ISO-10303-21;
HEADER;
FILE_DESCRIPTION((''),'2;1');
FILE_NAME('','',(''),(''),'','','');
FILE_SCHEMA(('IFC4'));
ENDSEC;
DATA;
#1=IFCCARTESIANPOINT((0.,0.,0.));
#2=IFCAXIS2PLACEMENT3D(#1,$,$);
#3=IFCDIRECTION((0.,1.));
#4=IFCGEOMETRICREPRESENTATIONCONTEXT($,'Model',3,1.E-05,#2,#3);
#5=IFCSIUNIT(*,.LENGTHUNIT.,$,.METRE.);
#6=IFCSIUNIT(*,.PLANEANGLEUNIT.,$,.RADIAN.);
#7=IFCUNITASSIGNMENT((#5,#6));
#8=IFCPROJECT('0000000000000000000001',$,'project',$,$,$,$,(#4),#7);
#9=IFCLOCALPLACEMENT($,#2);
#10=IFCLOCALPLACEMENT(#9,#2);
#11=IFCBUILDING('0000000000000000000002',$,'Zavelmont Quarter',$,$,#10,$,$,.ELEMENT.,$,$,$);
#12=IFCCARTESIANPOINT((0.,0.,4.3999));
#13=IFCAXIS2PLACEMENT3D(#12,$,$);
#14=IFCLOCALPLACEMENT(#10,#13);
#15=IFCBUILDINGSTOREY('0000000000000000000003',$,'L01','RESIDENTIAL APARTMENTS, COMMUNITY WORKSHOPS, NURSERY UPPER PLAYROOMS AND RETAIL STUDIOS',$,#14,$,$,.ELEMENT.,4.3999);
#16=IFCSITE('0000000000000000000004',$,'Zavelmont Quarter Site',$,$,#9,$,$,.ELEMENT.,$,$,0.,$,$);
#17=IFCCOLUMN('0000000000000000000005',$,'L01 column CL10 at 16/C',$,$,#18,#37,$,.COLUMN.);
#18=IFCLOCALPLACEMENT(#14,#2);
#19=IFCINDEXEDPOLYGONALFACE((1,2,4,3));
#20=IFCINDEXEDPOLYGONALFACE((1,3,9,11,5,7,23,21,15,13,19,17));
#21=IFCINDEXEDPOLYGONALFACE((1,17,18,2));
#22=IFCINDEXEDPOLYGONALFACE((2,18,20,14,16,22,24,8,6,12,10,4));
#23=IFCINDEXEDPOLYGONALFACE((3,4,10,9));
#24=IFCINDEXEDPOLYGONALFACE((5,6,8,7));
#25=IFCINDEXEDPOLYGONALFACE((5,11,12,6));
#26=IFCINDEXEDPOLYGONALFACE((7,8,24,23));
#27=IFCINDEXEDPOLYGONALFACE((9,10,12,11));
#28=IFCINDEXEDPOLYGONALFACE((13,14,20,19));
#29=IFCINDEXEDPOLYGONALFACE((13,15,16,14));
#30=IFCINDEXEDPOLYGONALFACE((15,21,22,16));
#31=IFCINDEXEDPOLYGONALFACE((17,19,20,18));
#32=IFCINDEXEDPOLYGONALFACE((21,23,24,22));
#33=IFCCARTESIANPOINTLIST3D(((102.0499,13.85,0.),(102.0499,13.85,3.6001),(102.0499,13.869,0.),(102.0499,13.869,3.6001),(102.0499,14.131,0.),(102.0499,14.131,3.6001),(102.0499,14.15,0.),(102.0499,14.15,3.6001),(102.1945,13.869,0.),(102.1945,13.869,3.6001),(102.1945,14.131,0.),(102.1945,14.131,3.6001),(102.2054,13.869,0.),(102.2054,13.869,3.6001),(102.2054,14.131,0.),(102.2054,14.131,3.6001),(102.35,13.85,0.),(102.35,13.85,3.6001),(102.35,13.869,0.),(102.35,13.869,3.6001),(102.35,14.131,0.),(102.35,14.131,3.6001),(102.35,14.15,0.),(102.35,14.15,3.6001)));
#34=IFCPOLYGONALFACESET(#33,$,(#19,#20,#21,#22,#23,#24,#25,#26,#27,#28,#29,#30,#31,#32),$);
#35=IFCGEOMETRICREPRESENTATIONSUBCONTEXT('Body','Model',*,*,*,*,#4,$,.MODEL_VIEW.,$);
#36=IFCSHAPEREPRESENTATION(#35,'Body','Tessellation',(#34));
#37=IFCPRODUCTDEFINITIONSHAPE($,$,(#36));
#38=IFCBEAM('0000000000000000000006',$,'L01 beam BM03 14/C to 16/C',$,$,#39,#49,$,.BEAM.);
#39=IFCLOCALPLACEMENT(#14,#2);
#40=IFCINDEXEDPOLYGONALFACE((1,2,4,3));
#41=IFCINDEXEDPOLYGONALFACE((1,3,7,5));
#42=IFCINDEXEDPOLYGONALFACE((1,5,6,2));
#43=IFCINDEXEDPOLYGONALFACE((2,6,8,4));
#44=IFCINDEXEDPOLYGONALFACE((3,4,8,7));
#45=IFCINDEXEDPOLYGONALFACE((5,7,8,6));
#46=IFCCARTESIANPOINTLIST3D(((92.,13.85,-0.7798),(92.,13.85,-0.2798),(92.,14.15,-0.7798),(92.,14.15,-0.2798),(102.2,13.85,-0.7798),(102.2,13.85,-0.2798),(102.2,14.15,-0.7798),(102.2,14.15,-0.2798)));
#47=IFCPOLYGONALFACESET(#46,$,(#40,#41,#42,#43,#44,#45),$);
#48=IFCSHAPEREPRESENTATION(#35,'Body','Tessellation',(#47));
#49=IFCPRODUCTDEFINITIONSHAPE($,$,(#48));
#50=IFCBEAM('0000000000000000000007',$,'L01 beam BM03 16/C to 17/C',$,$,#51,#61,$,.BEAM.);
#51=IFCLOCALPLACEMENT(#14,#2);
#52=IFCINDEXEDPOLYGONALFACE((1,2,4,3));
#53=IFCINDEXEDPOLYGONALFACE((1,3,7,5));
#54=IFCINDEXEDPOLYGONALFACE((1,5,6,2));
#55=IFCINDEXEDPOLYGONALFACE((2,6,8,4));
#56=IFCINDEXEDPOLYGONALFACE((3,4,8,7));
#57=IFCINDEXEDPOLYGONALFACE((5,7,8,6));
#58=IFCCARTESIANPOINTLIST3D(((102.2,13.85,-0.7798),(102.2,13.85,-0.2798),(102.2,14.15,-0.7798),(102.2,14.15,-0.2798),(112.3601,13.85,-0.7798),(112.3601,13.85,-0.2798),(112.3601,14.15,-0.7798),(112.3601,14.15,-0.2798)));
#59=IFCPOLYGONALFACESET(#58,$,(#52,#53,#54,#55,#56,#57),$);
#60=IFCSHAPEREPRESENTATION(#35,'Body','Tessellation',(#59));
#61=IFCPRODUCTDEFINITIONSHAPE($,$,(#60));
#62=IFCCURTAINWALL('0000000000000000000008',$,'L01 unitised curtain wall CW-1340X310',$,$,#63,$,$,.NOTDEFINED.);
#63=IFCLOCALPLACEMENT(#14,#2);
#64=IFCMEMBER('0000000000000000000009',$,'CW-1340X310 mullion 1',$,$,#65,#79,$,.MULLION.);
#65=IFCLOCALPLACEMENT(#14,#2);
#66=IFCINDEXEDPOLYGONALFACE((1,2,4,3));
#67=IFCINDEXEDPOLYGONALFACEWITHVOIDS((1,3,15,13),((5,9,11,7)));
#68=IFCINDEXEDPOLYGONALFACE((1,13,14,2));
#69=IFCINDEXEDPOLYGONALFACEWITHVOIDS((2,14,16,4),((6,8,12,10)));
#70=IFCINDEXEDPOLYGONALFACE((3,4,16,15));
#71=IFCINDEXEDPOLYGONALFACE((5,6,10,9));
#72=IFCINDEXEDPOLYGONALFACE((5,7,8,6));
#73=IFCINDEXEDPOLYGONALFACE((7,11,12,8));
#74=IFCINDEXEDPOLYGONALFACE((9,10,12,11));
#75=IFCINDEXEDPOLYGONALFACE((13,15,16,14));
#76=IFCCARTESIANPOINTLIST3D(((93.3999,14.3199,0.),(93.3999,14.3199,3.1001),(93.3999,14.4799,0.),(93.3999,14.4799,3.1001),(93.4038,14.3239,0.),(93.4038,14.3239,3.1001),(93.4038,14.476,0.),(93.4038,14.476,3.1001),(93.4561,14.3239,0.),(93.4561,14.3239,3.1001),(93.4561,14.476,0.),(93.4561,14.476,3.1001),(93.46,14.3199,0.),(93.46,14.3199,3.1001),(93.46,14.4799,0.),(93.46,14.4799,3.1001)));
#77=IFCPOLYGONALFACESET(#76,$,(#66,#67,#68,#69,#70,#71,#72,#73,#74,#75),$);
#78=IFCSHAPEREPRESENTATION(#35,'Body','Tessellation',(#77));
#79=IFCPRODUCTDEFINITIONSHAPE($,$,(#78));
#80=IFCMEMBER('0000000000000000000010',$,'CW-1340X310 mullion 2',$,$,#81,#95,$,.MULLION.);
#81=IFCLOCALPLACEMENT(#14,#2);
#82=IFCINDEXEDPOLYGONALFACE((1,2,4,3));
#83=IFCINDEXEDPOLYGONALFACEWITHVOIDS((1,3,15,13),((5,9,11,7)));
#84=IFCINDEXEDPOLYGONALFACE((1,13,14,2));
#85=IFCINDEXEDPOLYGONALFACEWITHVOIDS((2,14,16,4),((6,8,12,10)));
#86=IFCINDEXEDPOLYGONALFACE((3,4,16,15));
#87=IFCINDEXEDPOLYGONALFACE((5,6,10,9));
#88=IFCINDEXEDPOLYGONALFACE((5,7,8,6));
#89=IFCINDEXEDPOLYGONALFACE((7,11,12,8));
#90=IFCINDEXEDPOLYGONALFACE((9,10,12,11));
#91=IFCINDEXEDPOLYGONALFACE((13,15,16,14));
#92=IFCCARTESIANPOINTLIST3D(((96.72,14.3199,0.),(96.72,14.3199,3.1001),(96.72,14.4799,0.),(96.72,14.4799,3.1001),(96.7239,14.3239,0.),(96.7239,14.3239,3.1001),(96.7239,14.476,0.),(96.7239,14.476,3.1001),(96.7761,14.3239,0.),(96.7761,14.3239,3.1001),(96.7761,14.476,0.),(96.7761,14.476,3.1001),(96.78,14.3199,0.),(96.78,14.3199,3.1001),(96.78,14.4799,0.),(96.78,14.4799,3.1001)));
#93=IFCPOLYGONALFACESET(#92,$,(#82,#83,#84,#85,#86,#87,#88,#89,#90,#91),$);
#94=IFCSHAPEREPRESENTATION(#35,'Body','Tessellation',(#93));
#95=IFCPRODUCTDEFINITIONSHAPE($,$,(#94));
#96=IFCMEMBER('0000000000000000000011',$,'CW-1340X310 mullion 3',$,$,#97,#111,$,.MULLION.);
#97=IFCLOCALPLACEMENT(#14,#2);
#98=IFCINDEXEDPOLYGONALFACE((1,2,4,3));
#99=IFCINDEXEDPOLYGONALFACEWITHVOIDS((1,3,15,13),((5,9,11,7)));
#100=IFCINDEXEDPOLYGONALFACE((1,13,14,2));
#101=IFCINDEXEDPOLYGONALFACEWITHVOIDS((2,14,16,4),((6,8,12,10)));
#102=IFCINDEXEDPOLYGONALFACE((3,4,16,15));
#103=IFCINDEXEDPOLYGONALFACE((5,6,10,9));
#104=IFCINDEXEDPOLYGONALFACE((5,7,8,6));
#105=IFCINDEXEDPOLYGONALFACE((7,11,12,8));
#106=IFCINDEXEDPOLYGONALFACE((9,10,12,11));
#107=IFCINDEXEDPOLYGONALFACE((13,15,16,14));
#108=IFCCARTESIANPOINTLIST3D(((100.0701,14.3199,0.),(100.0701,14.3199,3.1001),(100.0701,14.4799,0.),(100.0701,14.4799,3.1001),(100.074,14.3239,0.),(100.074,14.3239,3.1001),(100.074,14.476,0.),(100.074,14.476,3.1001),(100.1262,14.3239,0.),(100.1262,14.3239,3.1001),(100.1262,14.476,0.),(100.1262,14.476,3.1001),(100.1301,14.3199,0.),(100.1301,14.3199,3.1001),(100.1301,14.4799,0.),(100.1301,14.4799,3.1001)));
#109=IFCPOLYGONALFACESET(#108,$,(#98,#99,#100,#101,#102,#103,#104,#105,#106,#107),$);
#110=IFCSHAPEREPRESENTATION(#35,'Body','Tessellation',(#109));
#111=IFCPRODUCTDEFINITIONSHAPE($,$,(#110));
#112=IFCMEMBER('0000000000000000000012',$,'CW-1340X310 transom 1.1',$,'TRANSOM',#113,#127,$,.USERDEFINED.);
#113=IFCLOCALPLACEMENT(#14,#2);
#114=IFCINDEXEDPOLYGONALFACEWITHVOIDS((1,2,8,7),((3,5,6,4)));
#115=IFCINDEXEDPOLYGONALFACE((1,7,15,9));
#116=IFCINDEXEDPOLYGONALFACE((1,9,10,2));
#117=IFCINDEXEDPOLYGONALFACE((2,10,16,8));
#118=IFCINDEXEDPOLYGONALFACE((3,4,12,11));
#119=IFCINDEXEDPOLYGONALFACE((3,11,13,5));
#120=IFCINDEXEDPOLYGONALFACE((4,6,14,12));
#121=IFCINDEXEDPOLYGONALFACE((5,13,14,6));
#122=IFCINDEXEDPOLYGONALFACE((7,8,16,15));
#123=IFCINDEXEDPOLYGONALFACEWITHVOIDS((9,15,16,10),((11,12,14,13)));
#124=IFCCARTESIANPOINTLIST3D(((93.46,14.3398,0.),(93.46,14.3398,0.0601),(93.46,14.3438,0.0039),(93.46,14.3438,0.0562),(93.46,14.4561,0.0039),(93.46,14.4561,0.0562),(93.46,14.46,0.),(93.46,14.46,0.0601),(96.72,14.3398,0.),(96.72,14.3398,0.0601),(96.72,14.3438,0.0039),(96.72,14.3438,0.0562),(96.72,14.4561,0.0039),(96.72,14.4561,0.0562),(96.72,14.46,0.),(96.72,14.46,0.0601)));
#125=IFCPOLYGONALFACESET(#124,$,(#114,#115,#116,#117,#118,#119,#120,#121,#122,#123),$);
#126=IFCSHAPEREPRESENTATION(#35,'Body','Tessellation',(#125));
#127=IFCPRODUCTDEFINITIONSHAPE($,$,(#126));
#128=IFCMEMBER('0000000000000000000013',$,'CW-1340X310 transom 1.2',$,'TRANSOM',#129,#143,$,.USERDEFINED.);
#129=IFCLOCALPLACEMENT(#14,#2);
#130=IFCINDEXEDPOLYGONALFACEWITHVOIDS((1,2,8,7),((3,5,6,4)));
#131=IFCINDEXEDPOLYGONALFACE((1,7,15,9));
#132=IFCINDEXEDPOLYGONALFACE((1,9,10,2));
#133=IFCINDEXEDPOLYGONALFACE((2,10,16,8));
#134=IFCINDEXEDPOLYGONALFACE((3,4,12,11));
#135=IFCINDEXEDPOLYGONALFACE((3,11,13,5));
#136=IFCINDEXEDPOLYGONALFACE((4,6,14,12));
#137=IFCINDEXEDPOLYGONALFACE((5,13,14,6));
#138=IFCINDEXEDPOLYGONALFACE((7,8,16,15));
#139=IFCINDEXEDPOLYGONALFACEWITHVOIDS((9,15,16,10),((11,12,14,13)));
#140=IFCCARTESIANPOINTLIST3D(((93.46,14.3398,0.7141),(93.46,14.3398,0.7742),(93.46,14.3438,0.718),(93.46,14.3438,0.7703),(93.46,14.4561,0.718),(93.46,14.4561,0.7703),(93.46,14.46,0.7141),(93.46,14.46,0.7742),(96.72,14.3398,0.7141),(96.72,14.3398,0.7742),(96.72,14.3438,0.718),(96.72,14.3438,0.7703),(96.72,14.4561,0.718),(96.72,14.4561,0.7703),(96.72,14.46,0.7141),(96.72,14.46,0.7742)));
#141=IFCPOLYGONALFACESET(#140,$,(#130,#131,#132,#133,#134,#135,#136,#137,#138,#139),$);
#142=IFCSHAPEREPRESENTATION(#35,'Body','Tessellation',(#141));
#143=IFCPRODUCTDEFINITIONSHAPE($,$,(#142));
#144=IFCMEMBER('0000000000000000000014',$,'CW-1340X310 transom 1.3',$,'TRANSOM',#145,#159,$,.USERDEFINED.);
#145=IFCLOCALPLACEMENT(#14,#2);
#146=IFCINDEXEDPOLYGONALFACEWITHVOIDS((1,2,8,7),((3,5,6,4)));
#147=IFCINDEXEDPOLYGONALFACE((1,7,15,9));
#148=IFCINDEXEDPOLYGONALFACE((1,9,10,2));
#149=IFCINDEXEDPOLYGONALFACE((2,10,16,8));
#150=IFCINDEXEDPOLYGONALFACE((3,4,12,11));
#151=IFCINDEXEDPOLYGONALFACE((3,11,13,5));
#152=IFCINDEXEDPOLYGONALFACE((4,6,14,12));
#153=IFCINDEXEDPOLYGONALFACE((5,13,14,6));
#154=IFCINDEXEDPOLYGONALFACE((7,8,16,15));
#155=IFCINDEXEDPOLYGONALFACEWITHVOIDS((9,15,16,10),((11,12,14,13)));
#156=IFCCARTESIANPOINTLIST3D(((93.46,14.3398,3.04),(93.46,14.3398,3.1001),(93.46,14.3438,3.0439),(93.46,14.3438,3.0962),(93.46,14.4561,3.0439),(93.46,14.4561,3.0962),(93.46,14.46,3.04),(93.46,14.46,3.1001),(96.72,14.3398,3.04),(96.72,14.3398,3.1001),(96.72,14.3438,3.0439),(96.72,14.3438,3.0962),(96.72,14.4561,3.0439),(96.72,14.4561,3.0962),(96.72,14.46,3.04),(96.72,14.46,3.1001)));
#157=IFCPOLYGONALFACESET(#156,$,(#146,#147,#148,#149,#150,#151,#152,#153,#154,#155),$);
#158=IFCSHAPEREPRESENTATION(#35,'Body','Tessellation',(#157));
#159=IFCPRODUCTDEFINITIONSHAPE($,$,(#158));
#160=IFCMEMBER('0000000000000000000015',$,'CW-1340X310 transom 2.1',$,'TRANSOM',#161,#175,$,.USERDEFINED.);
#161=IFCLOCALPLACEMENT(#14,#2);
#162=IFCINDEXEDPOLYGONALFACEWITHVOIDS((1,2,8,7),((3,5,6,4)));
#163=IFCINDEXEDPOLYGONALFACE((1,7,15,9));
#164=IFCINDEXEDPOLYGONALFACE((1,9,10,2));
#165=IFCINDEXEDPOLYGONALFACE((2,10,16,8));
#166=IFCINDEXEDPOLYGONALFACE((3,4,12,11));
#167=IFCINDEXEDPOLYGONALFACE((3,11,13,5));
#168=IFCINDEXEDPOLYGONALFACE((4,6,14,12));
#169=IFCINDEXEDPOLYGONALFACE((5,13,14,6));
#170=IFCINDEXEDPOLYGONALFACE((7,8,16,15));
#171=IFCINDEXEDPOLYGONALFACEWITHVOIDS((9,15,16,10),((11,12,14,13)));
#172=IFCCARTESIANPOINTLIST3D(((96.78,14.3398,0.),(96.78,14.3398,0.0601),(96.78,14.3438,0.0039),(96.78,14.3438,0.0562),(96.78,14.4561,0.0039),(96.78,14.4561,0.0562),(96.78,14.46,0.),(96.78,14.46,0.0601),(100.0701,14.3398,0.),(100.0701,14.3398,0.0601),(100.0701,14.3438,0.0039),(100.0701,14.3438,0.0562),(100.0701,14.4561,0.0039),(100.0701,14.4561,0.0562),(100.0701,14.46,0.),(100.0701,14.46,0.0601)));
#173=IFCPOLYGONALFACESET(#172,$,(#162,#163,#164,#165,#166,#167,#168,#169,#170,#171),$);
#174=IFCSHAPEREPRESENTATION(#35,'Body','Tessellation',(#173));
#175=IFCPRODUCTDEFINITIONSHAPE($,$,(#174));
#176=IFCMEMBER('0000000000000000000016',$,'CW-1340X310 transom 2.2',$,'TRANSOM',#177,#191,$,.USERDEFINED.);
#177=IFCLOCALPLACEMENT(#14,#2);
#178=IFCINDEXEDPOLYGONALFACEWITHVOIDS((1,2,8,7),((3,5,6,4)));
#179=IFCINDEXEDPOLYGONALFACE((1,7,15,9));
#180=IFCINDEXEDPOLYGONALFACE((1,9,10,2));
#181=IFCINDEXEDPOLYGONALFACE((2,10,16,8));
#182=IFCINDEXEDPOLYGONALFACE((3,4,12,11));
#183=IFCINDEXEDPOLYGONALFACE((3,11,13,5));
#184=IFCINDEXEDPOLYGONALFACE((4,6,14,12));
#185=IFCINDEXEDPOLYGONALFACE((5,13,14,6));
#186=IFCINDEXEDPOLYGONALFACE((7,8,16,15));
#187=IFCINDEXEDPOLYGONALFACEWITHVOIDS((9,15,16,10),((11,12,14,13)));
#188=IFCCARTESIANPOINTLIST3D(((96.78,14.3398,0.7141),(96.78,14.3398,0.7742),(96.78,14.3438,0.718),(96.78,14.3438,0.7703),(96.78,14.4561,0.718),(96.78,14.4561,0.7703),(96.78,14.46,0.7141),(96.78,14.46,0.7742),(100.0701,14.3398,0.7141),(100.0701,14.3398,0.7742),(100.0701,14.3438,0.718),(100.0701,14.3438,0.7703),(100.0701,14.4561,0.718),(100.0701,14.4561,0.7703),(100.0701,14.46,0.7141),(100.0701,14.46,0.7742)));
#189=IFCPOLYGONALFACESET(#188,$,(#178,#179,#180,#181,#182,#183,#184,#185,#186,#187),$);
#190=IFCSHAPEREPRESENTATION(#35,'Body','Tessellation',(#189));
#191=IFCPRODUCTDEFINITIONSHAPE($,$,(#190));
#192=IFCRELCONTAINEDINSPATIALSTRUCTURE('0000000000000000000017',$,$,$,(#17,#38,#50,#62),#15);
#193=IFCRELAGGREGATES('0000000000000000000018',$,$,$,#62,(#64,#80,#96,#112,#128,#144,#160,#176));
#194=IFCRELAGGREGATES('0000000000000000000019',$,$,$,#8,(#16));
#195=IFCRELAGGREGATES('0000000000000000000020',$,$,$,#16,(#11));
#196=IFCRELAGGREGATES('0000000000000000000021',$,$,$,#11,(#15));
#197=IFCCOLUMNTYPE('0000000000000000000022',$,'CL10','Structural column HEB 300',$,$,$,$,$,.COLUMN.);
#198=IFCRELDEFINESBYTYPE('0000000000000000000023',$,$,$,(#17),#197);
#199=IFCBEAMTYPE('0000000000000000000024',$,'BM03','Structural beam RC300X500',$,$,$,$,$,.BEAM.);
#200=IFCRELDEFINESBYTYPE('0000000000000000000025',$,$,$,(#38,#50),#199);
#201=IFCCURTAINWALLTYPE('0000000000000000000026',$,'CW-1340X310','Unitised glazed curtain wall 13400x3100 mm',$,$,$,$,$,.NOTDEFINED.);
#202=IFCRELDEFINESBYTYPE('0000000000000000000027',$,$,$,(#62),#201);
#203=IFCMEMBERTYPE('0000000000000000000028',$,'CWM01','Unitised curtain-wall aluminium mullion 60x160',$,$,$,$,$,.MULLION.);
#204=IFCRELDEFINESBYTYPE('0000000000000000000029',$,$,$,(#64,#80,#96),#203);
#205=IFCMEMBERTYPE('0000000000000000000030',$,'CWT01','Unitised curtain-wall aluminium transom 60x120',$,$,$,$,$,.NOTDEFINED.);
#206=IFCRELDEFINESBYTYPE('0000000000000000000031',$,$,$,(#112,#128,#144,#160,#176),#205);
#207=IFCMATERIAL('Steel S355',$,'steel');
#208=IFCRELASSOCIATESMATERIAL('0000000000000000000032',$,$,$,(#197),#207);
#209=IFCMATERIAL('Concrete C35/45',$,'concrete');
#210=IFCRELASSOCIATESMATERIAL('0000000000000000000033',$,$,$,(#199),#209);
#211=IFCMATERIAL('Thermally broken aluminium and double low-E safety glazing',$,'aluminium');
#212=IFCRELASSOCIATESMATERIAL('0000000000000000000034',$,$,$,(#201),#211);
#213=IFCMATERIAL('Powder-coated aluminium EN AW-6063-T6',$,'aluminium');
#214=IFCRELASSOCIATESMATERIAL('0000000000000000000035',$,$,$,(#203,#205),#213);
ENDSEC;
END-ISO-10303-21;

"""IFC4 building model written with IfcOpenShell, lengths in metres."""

from ifc_helpers import new_model, si_unit, direction, frame, origin, origin_2d, place, context, subcontext, project, spatial, rectangle, hollow_rectangle, i_section, extrude, material, material_profile, profile_set, type_object, element, aggregate, save


model = new_model("IFC4")

# Units and contexts
model_context = context("Model", 3, precision=1e-05, world=origin(), true_north=direction((0.0, 1.0)))
body_context = subcontext(model_context, "Body", "Model", "MODEL_VIEW")
ifc_project = project(units=[si_unit("LENGTHUNIT", "METRE"), si_unit("PLANEANGLEUNIT", "RADIAN")], contexts=[model_context])

# Site, building, storey
site_placement = place(None, origin())
site = spatial("IfcSite", under=ifc_project, at=site_placement, Name="Zavelmont Quarter Site", CompositionType="ELEMENT", RefElevation=0.0)
building_placement = place(site_placement, origin())
building = spatial("IfcBuilding", under=site, at=building_placement, Name="Zavelmont Quarter", CompositionType="ELEMENT")
storey_placement = place(building_placement, frame((0.0, 0.0, 4.3999)))
storey = spatial("IfcBuildingStorey", under=building, at=storey_placement, Name="L01", Description="RESIDENTIAL APARTMENTS, COMMUNITY WORKSHOPS, NURSERY UPPER PLAYROOMS AND RETAIL STUDIOS", CompositionType="ELEMENT", Elevation=4.3999)

# Column
ifc_material_1 = material(Name="Steel S355", Category="steel")
ifc_material_profile_1 = material_profile(ifc_material_1, i_section(OverallWidth=0.3, OverallDepth=0.3, WebThickness=0.011, FlangeThickness=0.019, at=origin_2d()), Name="HEB 300")
ifc_profile_set_1 = profile_set([ifc_material_profile_1], Name="Steel S355")
column_type = type_object("IfcColumnType", Name="CL10", Description="Structural column HEB 300", PredefinedType="COLUMN", material=ifc_profile_set_1)
column_placement = place(storey_placement, frame((102.2, 14.0, 0.0), z_axis=(0.0, 0.0, 1.0), x_axis=(1.0, 0.0, 0.0)))
element("IfcColumn", 1, at=column_placement, inside=storey, type_object=column_type, Name="L01 column CL10 at 16/C", PredefinedType="COLUMN", context=body_context, shape_type="SweptSolid", body=[
    extrude(i_section(OverallWidth=0.3, OverallDepth=0.3, WebThickness=0.011, FlangeThickness=0.019, at=origin_2d()), origin(), (0.0, 0.0, 1.0), 3.6001),
])

# Beams
ifc_material_2 = material(Name="Concrete C35/45", Category="concrete")
ifc_material_profile_2 = material_profile(ifc_material_2, rectangle(XDim=0.3, YDim=0.5, at=origin_2d()), Name="RC300X500")
ifc_profile_set_2 = profile_set([ifc_material_profile_2], Name="Concrete C35/45")
beam_type = type_object("IfcBeamType", Name="BM03", Description="Structural beam RC300X500", PredefinedType="BEAM", material=ifc_profile_set_2)
beam_1_placement = place(storey_placement, frame((92.0, 14.0, -0.5298), z_axis=(1.0, 0.0, 0.0), x_axis=(0.0, 1.0, 0.0)))
element("IfcBeam", 2, at=beam_1_placement, inside=storey, type_object=beam_type, Name="L01 beam BM03 14/C to 16/C", PredefinedType="BEAM", context=body_context, shape_type="SweptSolid", body=[
    extrude(rectangle(XDim=0.3, YDim=0.5, at=origin_2d()), origin(), (0.0, 0.0, 1.0), 10.2),
])
beam_2_placement = place(storey_placement, frame((102.2, 14.0, -0.5298), z_axis=(1.0, 0.0, 0.0), x_axis=(0.0, 1.0, 0.0)))
element("IfcBeam", 3, at=beam_2_placement, inside=storey, type_object=beam_type, Name="L01 beam BM03 16/C to 17/C", PredefinedType="BEAM", context=body_context, shape_type="SweptSolid", body=[
    extrude(rectangle(XDim=0.3, YDim=0.5, at=origin_2d()), origin(), (0.0, 0.0, 1.0), 10.1602),
])

# Curtain wall, members
ifc_material_3 = material(Name="Thermally broken aluminium and double low-E safety glazing", Category="aluminium")
curtain_wall_type = type_object("IfcCurtainWallType", Name="CW-1340X310", Description="Unitised glazed curtain wall 13400x3100 mm", PredefinedType="NOTDEFINED", material=ifc_material_3)
curtain_wall_placement = place(storey_placement, origin())
curtain_wall = element("IfcCurtainWall", 4, at=curtain_wall_placement, inside=storey, type_object=curtain_wall_type, Name="L01 unitised curtain wall CW-1340X310", PredefinedType="NOTDEFINED")
ifc_material_4 = material(Name="Powder-coated aluminium EN AW-6063-T6", Category="aluminium")
ifc_material_profile_3 = material_profile(ifc_material_4, hollow_rectangle(XDim=0.0601, YDim=0.1599, WallThickness=0.0039, at=origin_2d()), Name="CWM60X160")
ifc_profile_set_3 = profile_set([ifc_material_profile_3], Name="Powder-coated aluminium EN AW-6063-T6")
member_type_1 = type_object("IfcMemberType", Name="CWM01", Description="Unitised curtain-wall aluminium mullion 60x160", PredefinedType="MULLION", material=ifc_profile_set_3)
member_1_placement = place(storey_placement, frame((93.4299, 14.3999, 0.0), z_axis=(0.0, 0.0, 1.0), x_axis=(1.0, 0.0, 0.0)))
member_1 = element("IfcMember", 5, at=member_1_placement, type_object=member_type_1, Name="CW-1340X310 mullion 1", PredefinedType="MULLION", context=body_context, shape_type="SweptSolid", body=[
    extrude(hollow_rectangle(XDim=0.0601, YDim=0.1599, WallThickness=0.0039, at=origin_2d()), origin(), (0.0, 0.0, 1.0), 3.1001),
])
member_2_placement = place(storey_placement, frame((96.75, 14.3999, 0.0), z_axis=(0.0, 0.0, 1.0), x_axis=(1.0, 0.0, 0.0)))
member_2 = element("IfcMember", 6, at=member_2_placement, type_object=member_type_1, Name="CW-1340X310 mullion 2", PredefinedType="MULLION", context=body_context, shape_type="SweptSolid", body=[
    extrude(hollow_rectangle(XDim=0.0601, YDim=0.1599, WallThickness=0.0039, at=origin_2d()), origin(), (0.0, 0.0, 1.0), 3.1001),
])
member_3_placement = place(storey_placement, frame((100.1001, 14.3999, 0.0), z_axis=(0.0, 0.0, 1.0), x_axis=(1.0, 0.0, 0.0)))
member_3 = element("IfcMember", 7, at=member_3_placement, type_object=member_type_1, Name="CW-1340X310 mullion 3", PredefinedType="MULLION", context=body_context, shape_type="SweptSolid", body=[
    extrude(hollow_rectangle(XDim=0.0601, YDim=0.1599, WallThickness=0.0039, at=origin_2d()), origin(), (0.0, 0.0, 1.0), 3.1001),
])
ifc_material_profile_4 = material_profile(ifc_material_4, hollow_rectangle(XDim=0.1201, YDim=0.0601, WallThickness=0.0039, at=origin_2d()), Name="CWT60X120")
ifc_profile_set_4 = profile_set([ifc_material_profile_4], Name="Powder-coated aluminium EN AW-6063-T6")
member_type_2 = type_object("IfcMemberType", Name="CWT01", Description="Unitised curtain-wall aluminium transom 60x120", PredefinedType="NOTDEFINED", material=ifc_profile_set_4)
member_4_placement = place(storey_placement, frame((93.46, 14.3999, 0.03), z_axis=(1.0, 0.0, 0.0), x_axis=(0.0, 1.0, 0.0)))
member_4 = element("IfcMember", 8, at=member_4_placement, type_object=member_type_2, Name="CW-1340X310 transom 1.1", ObjectType="TRANSOM", PredefinedType="USERDEFINED", context=body_context, shape_type="SweptSolid", body=[
    extrude(hollow_rectangle(XDim=0.1201, YDim=0.0601, WallThickness=0.0039, at=origin_2d()), origin(), (0.0, 0.0, 1.0), 3.26),
])
member_5_placement = place(storey_placement, frame((93.46, 14.3999, 0.7441), z_axis=(1.0, 0.0, 0.0), x_axis=(0.0, 1.0, 0.0)))
member_5 = element("IfcMember", 9, at=member_5_placement, type_object=member_type_2, Name="CW-1340X310 transom 1.2", ObjectType="TRANSOM", PredefinedType="USERDEFINED", context=body_context, shape_type="SweptSolid", body=[
    extrude(hollow_rectangle(XDim=0.1201, YDim=0.0601, WallThickness=0.0039, at=origin_2d()), origin(), (0.0, 0.0, 1.0), 3.26),
])
member_6_placement = place(storey_placement, frame((93.46, 14.3999, 3.0701), z_axis=(1.0, 0.0, 0.0), x_axis=(0.0, 1.0, 0.0)))
member_6 = element("IfcMember", 10, at=member_6_placement, type_object=member_type_2, Name="CW-1340X310 transom 1.3", ObjectType="TRANSOM", PredefinedType="USERDEFINED", context=body_context, shape_type="SweptSolid", body=[
    extrude(hollow_rectangle(XDim=0.1201, YDim=0.0601, WallThickness=0.0039, at=origin_2d()), origin(), (0.0, 0.0, 1.0), 3.26),
])
member_7_placement = place(storey_placement, frame((96.78, 14.3999, 0.03), z_axis=(1.0, 0.0, 0.0), x_axis=(0.0, 1.0, 0.0)))
member_7 = element("IfcMember", 11, at=member_7_placement, type_object=member_type_2, Name="CW-1340X310 transom 2.1", ObjectType="TRANSOM", PredefinedType="USERDEFINED", context=body_context, shape_type="SweptSolid", body=[
    extrude(hollow_rectangle(XDim=0.1201, YDim=0.0601, WallThickness=0.0039, at=origin_2d()), origin(), (0.0, 0.0, 1.0), 3.29),
])
member_8_placement = place(storey_placement, frame((96.78, 14.3999, 0.7441), z_axis=(1.0, 0.0, 0.0), x_axis=(0.0, 1.0, 0.0)))
member_8 = element("IfcMember", 12, at=member_8_placement, type_object=member_type_2, Name="CW-1340X310 transom 2.2", ObjectType="TRANSOM", PredefinedType="USERDEFINED", context=body_context, shape_type="SweptSolid", body=[
    extrude(hollow_rectangle(XDim=0.1201, YDim=0.0601, WallThickness=0.0039, at=origin_2d()), origin(), (0.0, 0.0, 1.0), 3.29),
])

aggregate(curtain_wall, [member_1, member_2, member_3, member_4, member_5, member_6, member_7, member_8])

save(model, "model.ifc")
